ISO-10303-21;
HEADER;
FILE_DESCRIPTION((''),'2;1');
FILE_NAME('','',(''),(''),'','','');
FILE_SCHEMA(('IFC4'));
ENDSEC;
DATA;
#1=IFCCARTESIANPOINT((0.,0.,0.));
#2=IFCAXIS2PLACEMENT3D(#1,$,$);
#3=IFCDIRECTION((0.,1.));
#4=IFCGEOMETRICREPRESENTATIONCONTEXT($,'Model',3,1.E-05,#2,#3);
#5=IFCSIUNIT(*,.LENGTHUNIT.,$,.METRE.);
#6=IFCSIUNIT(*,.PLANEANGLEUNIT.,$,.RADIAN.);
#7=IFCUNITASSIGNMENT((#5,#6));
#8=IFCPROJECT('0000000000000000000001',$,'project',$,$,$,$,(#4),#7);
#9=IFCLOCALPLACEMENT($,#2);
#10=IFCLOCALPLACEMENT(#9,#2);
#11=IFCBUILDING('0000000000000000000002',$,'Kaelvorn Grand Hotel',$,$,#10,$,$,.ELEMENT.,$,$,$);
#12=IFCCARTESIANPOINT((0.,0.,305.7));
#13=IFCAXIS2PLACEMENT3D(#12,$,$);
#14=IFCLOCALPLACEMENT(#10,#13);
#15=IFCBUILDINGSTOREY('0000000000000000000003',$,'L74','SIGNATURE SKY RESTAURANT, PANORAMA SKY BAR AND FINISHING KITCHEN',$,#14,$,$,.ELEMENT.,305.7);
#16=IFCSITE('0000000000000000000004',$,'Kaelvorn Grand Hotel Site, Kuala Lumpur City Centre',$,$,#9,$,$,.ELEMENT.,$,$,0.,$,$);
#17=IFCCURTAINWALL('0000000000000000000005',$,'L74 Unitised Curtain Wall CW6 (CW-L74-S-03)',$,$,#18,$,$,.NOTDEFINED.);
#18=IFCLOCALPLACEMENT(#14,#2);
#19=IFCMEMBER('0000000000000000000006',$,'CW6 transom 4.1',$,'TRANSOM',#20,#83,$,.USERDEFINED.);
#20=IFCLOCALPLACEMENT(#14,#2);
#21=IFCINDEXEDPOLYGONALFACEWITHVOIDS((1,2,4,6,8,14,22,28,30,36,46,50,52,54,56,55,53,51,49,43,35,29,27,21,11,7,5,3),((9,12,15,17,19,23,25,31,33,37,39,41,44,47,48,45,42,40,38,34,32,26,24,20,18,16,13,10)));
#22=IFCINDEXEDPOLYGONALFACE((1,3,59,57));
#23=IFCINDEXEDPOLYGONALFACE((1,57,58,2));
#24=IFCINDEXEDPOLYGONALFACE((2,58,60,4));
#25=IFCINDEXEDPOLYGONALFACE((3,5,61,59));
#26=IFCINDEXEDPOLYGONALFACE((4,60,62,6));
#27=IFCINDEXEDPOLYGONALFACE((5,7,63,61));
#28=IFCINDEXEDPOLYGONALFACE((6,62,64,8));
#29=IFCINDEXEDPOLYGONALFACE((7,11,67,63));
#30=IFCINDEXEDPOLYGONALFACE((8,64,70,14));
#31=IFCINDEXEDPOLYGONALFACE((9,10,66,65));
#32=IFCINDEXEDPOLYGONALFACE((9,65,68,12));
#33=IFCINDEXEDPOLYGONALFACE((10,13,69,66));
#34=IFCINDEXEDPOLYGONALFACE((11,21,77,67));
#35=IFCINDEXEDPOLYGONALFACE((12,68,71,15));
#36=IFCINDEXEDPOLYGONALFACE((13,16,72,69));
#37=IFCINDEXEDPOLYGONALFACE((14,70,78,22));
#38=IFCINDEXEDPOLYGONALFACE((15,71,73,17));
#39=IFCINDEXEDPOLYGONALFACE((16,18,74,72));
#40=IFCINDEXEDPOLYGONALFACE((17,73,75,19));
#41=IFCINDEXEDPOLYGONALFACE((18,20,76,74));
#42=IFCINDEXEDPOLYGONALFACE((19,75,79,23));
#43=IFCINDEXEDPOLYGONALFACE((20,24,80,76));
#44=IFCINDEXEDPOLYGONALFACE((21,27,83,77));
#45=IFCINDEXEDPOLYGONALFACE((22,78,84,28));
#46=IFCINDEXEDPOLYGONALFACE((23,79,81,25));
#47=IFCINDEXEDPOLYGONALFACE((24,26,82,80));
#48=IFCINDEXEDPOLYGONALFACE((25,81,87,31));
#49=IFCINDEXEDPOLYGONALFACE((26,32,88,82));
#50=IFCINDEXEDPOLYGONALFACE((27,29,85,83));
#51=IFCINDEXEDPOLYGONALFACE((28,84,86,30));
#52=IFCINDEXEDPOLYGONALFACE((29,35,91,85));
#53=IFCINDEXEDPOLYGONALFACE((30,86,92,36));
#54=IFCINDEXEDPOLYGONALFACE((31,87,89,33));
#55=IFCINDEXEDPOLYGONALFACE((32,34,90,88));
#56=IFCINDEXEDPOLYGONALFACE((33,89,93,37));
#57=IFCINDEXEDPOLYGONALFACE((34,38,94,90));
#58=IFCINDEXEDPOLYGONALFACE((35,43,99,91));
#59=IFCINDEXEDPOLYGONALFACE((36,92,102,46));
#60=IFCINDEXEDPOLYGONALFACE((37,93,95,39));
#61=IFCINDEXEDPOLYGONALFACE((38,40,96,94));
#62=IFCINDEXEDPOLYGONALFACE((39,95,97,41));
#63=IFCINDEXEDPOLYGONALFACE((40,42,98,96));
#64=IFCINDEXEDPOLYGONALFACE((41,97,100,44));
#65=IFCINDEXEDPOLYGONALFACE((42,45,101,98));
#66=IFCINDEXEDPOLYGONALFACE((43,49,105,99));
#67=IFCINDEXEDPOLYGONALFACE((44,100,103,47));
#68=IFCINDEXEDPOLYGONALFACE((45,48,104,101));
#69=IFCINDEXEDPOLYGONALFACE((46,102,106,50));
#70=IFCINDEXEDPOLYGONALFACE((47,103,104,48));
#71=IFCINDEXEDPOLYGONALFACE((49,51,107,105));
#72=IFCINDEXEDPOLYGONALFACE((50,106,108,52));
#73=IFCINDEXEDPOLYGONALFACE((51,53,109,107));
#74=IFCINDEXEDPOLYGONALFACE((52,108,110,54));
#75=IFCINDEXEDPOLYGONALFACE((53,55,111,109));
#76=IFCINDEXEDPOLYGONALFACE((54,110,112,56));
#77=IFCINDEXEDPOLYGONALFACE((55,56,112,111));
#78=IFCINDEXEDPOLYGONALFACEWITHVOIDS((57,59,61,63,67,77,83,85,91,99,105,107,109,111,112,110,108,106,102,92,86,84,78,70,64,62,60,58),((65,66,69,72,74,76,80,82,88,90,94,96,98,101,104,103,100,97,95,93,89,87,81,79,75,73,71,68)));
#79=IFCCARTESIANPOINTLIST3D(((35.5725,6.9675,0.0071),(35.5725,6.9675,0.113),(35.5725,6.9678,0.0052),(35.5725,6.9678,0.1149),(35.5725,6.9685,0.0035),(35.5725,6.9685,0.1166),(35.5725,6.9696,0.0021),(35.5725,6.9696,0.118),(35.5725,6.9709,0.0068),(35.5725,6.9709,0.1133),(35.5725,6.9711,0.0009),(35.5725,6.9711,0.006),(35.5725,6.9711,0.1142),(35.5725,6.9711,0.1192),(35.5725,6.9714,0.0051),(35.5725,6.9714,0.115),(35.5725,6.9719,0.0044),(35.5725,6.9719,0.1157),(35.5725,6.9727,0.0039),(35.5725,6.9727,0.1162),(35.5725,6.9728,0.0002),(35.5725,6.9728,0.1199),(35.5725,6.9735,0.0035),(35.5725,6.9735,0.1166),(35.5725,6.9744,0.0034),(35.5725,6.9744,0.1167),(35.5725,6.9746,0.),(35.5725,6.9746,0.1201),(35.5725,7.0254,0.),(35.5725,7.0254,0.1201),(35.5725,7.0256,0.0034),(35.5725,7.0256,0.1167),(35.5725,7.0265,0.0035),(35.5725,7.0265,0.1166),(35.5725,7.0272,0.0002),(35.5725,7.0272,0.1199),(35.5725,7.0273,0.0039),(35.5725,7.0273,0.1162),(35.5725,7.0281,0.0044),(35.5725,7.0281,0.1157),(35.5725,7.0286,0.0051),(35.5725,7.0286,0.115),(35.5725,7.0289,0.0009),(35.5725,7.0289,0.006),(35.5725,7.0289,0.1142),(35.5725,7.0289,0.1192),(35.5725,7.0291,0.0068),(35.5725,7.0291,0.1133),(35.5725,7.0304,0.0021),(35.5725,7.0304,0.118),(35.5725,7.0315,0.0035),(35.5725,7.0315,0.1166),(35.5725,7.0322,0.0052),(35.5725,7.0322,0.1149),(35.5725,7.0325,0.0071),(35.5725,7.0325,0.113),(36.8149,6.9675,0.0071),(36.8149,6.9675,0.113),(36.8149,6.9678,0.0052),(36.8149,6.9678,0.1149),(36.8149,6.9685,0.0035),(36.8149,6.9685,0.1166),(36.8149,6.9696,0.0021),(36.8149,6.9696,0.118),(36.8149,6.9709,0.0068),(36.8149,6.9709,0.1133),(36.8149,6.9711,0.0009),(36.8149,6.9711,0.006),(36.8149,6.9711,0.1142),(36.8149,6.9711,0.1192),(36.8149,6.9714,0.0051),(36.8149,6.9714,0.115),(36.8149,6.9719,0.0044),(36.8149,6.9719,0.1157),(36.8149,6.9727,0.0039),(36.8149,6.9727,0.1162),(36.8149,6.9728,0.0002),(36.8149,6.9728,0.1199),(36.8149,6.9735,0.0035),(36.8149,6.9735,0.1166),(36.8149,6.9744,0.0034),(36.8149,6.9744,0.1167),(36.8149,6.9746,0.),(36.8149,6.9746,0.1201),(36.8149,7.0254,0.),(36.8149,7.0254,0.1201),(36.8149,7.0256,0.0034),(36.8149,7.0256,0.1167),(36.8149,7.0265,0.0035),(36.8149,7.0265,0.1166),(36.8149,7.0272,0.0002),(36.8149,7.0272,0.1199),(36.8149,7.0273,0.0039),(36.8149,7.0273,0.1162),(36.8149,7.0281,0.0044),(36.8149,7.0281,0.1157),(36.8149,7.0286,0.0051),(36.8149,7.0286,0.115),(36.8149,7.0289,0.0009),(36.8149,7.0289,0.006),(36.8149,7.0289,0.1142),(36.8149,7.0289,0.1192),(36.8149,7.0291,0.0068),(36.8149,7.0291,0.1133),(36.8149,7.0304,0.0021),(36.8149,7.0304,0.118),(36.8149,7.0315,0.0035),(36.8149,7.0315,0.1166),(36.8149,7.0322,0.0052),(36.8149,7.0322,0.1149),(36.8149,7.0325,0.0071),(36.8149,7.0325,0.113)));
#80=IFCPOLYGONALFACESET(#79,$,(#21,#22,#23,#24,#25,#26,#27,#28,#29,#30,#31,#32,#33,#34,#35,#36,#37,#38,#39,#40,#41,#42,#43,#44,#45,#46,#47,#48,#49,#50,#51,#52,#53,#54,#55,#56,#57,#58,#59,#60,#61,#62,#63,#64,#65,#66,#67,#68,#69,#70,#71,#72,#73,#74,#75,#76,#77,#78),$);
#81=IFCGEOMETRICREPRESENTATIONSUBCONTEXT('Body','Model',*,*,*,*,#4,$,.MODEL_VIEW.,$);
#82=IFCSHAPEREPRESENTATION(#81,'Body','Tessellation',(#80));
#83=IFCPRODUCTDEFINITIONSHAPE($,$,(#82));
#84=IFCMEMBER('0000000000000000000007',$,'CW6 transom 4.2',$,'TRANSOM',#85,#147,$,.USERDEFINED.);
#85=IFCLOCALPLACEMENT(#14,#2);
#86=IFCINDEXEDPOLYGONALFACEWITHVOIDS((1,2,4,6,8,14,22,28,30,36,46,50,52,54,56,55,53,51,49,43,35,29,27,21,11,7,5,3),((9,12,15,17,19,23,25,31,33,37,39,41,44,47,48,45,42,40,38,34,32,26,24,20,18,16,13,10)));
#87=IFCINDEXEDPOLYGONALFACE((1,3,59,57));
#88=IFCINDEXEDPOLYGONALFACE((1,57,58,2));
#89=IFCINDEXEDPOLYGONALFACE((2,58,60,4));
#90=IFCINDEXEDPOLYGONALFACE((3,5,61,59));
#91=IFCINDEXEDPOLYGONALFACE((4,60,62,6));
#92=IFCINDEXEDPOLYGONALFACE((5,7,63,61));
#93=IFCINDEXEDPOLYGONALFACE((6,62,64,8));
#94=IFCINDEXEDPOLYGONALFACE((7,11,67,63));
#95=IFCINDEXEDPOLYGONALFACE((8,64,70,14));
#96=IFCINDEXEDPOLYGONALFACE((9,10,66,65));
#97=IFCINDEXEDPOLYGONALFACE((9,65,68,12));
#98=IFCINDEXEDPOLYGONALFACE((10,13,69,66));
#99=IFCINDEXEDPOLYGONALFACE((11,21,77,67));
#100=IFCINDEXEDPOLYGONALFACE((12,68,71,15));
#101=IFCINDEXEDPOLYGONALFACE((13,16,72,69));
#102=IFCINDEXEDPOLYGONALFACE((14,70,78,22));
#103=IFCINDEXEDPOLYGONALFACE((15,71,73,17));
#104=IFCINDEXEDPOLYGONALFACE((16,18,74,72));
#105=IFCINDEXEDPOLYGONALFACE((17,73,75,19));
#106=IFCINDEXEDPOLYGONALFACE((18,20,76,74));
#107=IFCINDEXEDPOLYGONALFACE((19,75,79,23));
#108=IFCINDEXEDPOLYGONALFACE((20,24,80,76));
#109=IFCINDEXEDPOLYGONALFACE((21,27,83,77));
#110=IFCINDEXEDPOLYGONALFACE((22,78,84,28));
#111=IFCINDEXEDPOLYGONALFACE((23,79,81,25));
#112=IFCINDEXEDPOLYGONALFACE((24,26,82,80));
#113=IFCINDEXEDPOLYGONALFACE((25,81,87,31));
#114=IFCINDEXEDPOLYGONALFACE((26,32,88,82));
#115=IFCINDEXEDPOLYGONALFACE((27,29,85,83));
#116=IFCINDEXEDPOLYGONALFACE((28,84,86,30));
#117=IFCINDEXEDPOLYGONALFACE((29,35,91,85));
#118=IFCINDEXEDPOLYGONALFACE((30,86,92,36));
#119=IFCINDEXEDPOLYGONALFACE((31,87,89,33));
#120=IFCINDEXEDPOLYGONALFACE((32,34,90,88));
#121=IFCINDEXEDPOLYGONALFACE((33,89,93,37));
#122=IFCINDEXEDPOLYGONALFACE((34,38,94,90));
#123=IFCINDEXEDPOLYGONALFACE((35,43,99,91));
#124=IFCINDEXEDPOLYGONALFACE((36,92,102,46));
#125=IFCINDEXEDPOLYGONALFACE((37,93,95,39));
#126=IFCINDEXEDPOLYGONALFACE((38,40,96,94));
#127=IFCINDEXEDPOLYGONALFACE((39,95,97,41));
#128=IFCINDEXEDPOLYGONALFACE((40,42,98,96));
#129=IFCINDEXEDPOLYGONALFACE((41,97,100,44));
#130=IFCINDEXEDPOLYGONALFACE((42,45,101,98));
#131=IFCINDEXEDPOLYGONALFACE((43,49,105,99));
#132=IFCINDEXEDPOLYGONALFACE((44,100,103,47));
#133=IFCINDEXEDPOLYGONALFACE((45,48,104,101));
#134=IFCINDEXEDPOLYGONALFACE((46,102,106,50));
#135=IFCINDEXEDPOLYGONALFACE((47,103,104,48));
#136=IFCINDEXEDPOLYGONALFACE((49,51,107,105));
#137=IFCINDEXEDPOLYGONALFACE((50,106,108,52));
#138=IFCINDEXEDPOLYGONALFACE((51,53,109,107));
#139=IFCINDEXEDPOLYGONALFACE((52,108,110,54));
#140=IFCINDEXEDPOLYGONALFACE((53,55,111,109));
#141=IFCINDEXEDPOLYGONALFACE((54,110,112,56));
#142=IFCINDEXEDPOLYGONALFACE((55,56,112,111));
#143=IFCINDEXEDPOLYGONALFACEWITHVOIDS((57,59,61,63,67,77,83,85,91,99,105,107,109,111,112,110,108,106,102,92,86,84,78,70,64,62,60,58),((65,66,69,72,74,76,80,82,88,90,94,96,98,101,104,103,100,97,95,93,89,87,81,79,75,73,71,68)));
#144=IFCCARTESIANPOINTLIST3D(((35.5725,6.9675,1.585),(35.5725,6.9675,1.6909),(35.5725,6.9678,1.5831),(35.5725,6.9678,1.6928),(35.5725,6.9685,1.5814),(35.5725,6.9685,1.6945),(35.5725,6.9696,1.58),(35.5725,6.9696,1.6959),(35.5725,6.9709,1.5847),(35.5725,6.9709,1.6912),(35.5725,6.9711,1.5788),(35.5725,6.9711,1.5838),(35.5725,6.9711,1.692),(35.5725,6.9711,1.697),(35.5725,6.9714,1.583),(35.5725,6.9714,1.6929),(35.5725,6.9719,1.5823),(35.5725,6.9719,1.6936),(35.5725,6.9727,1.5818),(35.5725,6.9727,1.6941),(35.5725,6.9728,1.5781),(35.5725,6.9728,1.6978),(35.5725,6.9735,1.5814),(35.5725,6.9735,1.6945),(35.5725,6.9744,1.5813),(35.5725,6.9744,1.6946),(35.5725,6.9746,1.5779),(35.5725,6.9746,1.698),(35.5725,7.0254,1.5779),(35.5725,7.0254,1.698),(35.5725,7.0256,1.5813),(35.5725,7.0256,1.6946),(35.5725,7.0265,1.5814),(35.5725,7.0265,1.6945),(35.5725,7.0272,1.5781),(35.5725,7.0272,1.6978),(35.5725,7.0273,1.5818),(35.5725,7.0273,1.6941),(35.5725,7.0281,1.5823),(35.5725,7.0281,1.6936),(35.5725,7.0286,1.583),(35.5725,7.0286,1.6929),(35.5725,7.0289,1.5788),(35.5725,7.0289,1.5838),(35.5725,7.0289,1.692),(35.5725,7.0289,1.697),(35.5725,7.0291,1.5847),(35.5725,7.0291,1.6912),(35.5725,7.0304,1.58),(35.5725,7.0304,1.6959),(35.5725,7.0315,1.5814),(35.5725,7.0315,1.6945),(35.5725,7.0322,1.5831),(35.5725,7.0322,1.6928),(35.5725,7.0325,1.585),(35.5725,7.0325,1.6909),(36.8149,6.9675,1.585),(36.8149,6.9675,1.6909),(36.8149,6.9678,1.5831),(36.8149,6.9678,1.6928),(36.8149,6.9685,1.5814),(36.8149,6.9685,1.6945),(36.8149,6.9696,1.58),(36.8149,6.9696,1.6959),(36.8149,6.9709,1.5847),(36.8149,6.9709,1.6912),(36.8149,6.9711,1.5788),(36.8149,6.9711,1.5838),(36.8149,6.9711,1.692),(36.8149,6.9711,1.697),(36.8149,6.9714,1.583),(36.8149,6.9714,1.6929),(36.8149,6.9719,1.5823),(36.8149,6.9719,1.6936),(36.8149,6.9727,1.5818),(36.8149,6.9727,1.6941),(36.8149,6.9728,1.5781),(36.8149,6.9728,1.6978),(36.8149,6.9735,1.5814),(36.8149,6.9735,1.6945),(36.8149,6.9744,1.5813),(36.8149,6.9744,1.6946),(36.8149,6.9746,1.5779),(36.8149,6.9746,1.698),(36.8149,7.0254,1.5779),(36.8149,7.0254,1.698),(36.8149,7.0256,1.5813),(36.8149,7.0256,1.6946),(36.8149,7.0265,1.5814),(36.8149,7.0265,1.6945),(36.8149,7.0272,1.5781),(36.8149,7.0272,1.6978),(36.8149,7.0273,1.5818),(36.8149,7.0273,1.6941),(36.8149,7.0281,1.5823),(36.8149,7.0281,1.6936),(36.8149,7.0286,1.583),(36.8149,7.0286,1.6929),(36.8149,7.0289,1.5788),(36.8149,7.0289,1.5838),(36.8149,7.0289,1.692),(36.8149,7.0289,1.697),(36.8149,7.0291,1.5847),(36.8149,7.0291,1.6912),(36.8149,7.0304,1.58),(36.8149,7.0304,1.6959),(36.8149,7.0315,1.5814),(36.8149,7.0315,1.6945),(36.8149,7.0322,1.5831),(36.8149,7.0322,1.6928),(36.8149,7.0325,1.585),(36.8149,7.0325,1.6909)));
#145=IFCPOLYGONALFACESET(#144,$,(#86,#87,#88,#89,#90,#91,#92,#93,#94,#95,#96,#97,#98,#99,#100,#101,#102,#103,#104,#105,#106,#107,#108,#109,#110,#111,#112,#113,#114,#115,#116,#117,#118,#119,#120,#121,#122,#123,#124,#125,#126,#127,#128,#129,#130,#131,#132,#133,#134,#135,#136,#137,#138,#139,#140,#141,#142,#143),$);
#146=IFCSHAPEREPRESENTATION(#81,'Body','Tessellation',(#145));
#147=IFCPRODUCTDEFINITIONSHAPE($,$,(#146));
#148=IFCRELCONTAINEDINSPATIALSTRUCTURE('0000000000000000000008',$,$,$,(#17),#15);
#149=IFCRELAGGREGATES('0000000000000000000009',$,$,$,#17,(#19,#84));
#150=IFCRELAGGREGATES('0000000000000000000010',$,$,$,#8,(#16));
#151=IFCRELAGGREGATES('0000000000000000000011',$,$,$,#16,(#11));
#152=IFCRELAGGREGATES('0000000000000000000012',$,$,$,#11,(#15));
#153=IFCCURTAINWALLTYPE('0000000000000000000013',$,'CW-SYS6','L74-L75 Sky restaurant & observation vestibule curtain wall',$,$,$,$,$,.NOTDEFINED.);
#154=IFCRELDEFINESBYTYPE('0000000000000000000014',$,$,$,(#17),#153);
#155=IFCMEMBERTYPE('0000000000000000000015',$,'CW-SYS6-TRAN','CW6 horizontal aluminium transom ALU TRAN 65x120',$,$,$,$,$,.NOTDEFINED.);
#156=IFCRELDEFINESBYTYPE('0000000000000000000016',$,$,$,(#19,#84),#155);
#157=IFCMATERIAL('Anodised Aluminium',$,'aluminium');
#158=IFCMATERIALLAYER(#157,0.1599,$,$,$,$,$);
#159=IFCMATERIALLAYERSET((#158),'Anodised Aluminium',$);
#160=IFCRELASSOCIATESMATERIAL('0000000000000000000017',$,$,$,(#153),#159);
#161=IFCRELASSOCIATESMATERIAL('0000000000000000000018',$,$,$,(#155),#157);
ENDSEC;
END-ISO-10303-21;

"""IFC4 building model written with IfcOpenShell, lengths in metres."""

from ifc_helpers import new_model, si_unit, direction, frame, origin, origin_2d, place, context, subcontext, project, spatial, hollow_rectangle, extrude, material, layer, layer_set, material_profile, profile_set, type_object, element, aggregate, save


model = new_model("IFC4")

# Units and contexts
model_context = context("Model", 3, precision=1e-05, world=origin(), true_north=direction((0.0, 1.0)))
body_context = subcontext(model_context, "Body", "Model", "MODEL_VIEW")
ifc_project = project(units=[si_unit("LENGTHUNIT", "METRE"), si_unit("PLANEANGLEUNIT", "RADIAN")], contexts=[model_context])

# Site, building, storey
site_placement = place(None, origin())
site = spatial("IfcSite", under=ifc_project, at=site_placement, Name="Kaelvorn Grand Hotel Site, Kuala Lumpur City Centre", CompositionType="ELEMENT", RefElevation=0.0)
building_placement = place(site_placement, origin())
building = spatial("IfcBuilding", under=site, at=building_placement, Name="Kaelvorn Grand Hotel", CompositionType="ELEMENT")
storey_placement = place(building_placement, frame((0.0, 0.0, 305.7)))
storey = spatial("IfcBuildingStorey", under=building, at=storey_placement, Name="L74", Description="SIGNATURE SKY RESTAURANT, PANORAMA SKY BAR AND FINISHING KITCHEN", CompositionType="ELEMENT", Elevation=305.7)

# Curtain wall, members
ifc_material_1 = material(Name="Anodised Aluminium", Category="aluminium")
ifc_layer_1 = layer(ifc_material_1, 0.1599)
ifc_layer_set_1 = layer_set([ifc_layer_1], Name="Anodised Aluminium")
curtain_wall_type = type_object("IfcCurtainWallType", Name="CW-SYS6", Description="L74-L75 Sky restaurant & observation vestibule curtain wall", PredefinedType="NOTDEFINED", material=ifc_layer_set_1)
curtain_wall_placement = place(storey_placement, origin())
curtain_wall = element("IfcCurtainWall", 1, at=curtain_wall_placement, inside=storey, type_object=curtain_wall_type, Name="L74 Unitised Curtain Wall CW6 (CW-L74-S-03)", PredefinedType="NOTDEFINED")
ifc_material_profile_1 = material_profile(ifc_material_1, hollow_rectangle(XDim=0.0649, YDim=0.1201, WallThickness=0.0034, InnerFilletRadius=0.0034, OuterFilletRadius=0.0071, at=origin_2d()), Name="ALU TRAN 65x120")
ifc_profile_set_1 = profile_set([ifc_material_profile_1], Name="Anodised Aluminium")
member_type_1 = type_object("IfcMemberType", Name="CW-SYS6-TRAN", Description="CW6 horizontal aluminium transom ALU TRAN 65x120", PredefinedType="NOTDEFINED", material=ifc_profile_set_1)
member_1_placement = place(storey_placement, frame((35.5725, 7.0, 0.0601), z_axis=(1.0, 0.0, 0.0), x_axis=(0.0, 1.0, 0.0)))
member_1 = element("IfcMember", 2, at=member_1_placement, type_object=member_type_1, Name="CW6 transom 4.1", ObjectType="TRANSOM", PredefinedType="USERDEFINED", context=body_context, shape_type="SweptSolid", body=[
    extrude(hollow_rectangle(XDim=0.0649, YDim=0.1201, WallThickness=0.0034, InnerFilletRadius=0.0034, OuterFilletRadius=0.0071, at=origin_2d()), origin(), (0.0, 0.0, 1.0), 1.2424),
])
member_2_placement = place(storey_placement, frame((35.5725, 7.0, 1.6379), z_axis=(1.0, 0.0, 0.0), x_axis=(0.0, 1.0, 0.0)))
member_2 = element("IfcMember", 3, at=member_2_placement, type_object=member_type_1, Name="CW6 transom 4.2", ObjectType="TRANSOM", PredefinedType="USERDEFINED", context=body_context, shape_type="SweptSolid", body=[
    extrude(hollow_rectangle(XDim=0.0649, YDim=0.1201, WallThickness=0.0034, InnerFilletRadius=0.0034, OuterFilletRadius=0.0071, at=origin_2d()), origin(), (0.0, 0.0, 1.0), 1.2424),
])
aggregate(curtain_wall, [member_1, member_2])

save(model, "model.ifc")
